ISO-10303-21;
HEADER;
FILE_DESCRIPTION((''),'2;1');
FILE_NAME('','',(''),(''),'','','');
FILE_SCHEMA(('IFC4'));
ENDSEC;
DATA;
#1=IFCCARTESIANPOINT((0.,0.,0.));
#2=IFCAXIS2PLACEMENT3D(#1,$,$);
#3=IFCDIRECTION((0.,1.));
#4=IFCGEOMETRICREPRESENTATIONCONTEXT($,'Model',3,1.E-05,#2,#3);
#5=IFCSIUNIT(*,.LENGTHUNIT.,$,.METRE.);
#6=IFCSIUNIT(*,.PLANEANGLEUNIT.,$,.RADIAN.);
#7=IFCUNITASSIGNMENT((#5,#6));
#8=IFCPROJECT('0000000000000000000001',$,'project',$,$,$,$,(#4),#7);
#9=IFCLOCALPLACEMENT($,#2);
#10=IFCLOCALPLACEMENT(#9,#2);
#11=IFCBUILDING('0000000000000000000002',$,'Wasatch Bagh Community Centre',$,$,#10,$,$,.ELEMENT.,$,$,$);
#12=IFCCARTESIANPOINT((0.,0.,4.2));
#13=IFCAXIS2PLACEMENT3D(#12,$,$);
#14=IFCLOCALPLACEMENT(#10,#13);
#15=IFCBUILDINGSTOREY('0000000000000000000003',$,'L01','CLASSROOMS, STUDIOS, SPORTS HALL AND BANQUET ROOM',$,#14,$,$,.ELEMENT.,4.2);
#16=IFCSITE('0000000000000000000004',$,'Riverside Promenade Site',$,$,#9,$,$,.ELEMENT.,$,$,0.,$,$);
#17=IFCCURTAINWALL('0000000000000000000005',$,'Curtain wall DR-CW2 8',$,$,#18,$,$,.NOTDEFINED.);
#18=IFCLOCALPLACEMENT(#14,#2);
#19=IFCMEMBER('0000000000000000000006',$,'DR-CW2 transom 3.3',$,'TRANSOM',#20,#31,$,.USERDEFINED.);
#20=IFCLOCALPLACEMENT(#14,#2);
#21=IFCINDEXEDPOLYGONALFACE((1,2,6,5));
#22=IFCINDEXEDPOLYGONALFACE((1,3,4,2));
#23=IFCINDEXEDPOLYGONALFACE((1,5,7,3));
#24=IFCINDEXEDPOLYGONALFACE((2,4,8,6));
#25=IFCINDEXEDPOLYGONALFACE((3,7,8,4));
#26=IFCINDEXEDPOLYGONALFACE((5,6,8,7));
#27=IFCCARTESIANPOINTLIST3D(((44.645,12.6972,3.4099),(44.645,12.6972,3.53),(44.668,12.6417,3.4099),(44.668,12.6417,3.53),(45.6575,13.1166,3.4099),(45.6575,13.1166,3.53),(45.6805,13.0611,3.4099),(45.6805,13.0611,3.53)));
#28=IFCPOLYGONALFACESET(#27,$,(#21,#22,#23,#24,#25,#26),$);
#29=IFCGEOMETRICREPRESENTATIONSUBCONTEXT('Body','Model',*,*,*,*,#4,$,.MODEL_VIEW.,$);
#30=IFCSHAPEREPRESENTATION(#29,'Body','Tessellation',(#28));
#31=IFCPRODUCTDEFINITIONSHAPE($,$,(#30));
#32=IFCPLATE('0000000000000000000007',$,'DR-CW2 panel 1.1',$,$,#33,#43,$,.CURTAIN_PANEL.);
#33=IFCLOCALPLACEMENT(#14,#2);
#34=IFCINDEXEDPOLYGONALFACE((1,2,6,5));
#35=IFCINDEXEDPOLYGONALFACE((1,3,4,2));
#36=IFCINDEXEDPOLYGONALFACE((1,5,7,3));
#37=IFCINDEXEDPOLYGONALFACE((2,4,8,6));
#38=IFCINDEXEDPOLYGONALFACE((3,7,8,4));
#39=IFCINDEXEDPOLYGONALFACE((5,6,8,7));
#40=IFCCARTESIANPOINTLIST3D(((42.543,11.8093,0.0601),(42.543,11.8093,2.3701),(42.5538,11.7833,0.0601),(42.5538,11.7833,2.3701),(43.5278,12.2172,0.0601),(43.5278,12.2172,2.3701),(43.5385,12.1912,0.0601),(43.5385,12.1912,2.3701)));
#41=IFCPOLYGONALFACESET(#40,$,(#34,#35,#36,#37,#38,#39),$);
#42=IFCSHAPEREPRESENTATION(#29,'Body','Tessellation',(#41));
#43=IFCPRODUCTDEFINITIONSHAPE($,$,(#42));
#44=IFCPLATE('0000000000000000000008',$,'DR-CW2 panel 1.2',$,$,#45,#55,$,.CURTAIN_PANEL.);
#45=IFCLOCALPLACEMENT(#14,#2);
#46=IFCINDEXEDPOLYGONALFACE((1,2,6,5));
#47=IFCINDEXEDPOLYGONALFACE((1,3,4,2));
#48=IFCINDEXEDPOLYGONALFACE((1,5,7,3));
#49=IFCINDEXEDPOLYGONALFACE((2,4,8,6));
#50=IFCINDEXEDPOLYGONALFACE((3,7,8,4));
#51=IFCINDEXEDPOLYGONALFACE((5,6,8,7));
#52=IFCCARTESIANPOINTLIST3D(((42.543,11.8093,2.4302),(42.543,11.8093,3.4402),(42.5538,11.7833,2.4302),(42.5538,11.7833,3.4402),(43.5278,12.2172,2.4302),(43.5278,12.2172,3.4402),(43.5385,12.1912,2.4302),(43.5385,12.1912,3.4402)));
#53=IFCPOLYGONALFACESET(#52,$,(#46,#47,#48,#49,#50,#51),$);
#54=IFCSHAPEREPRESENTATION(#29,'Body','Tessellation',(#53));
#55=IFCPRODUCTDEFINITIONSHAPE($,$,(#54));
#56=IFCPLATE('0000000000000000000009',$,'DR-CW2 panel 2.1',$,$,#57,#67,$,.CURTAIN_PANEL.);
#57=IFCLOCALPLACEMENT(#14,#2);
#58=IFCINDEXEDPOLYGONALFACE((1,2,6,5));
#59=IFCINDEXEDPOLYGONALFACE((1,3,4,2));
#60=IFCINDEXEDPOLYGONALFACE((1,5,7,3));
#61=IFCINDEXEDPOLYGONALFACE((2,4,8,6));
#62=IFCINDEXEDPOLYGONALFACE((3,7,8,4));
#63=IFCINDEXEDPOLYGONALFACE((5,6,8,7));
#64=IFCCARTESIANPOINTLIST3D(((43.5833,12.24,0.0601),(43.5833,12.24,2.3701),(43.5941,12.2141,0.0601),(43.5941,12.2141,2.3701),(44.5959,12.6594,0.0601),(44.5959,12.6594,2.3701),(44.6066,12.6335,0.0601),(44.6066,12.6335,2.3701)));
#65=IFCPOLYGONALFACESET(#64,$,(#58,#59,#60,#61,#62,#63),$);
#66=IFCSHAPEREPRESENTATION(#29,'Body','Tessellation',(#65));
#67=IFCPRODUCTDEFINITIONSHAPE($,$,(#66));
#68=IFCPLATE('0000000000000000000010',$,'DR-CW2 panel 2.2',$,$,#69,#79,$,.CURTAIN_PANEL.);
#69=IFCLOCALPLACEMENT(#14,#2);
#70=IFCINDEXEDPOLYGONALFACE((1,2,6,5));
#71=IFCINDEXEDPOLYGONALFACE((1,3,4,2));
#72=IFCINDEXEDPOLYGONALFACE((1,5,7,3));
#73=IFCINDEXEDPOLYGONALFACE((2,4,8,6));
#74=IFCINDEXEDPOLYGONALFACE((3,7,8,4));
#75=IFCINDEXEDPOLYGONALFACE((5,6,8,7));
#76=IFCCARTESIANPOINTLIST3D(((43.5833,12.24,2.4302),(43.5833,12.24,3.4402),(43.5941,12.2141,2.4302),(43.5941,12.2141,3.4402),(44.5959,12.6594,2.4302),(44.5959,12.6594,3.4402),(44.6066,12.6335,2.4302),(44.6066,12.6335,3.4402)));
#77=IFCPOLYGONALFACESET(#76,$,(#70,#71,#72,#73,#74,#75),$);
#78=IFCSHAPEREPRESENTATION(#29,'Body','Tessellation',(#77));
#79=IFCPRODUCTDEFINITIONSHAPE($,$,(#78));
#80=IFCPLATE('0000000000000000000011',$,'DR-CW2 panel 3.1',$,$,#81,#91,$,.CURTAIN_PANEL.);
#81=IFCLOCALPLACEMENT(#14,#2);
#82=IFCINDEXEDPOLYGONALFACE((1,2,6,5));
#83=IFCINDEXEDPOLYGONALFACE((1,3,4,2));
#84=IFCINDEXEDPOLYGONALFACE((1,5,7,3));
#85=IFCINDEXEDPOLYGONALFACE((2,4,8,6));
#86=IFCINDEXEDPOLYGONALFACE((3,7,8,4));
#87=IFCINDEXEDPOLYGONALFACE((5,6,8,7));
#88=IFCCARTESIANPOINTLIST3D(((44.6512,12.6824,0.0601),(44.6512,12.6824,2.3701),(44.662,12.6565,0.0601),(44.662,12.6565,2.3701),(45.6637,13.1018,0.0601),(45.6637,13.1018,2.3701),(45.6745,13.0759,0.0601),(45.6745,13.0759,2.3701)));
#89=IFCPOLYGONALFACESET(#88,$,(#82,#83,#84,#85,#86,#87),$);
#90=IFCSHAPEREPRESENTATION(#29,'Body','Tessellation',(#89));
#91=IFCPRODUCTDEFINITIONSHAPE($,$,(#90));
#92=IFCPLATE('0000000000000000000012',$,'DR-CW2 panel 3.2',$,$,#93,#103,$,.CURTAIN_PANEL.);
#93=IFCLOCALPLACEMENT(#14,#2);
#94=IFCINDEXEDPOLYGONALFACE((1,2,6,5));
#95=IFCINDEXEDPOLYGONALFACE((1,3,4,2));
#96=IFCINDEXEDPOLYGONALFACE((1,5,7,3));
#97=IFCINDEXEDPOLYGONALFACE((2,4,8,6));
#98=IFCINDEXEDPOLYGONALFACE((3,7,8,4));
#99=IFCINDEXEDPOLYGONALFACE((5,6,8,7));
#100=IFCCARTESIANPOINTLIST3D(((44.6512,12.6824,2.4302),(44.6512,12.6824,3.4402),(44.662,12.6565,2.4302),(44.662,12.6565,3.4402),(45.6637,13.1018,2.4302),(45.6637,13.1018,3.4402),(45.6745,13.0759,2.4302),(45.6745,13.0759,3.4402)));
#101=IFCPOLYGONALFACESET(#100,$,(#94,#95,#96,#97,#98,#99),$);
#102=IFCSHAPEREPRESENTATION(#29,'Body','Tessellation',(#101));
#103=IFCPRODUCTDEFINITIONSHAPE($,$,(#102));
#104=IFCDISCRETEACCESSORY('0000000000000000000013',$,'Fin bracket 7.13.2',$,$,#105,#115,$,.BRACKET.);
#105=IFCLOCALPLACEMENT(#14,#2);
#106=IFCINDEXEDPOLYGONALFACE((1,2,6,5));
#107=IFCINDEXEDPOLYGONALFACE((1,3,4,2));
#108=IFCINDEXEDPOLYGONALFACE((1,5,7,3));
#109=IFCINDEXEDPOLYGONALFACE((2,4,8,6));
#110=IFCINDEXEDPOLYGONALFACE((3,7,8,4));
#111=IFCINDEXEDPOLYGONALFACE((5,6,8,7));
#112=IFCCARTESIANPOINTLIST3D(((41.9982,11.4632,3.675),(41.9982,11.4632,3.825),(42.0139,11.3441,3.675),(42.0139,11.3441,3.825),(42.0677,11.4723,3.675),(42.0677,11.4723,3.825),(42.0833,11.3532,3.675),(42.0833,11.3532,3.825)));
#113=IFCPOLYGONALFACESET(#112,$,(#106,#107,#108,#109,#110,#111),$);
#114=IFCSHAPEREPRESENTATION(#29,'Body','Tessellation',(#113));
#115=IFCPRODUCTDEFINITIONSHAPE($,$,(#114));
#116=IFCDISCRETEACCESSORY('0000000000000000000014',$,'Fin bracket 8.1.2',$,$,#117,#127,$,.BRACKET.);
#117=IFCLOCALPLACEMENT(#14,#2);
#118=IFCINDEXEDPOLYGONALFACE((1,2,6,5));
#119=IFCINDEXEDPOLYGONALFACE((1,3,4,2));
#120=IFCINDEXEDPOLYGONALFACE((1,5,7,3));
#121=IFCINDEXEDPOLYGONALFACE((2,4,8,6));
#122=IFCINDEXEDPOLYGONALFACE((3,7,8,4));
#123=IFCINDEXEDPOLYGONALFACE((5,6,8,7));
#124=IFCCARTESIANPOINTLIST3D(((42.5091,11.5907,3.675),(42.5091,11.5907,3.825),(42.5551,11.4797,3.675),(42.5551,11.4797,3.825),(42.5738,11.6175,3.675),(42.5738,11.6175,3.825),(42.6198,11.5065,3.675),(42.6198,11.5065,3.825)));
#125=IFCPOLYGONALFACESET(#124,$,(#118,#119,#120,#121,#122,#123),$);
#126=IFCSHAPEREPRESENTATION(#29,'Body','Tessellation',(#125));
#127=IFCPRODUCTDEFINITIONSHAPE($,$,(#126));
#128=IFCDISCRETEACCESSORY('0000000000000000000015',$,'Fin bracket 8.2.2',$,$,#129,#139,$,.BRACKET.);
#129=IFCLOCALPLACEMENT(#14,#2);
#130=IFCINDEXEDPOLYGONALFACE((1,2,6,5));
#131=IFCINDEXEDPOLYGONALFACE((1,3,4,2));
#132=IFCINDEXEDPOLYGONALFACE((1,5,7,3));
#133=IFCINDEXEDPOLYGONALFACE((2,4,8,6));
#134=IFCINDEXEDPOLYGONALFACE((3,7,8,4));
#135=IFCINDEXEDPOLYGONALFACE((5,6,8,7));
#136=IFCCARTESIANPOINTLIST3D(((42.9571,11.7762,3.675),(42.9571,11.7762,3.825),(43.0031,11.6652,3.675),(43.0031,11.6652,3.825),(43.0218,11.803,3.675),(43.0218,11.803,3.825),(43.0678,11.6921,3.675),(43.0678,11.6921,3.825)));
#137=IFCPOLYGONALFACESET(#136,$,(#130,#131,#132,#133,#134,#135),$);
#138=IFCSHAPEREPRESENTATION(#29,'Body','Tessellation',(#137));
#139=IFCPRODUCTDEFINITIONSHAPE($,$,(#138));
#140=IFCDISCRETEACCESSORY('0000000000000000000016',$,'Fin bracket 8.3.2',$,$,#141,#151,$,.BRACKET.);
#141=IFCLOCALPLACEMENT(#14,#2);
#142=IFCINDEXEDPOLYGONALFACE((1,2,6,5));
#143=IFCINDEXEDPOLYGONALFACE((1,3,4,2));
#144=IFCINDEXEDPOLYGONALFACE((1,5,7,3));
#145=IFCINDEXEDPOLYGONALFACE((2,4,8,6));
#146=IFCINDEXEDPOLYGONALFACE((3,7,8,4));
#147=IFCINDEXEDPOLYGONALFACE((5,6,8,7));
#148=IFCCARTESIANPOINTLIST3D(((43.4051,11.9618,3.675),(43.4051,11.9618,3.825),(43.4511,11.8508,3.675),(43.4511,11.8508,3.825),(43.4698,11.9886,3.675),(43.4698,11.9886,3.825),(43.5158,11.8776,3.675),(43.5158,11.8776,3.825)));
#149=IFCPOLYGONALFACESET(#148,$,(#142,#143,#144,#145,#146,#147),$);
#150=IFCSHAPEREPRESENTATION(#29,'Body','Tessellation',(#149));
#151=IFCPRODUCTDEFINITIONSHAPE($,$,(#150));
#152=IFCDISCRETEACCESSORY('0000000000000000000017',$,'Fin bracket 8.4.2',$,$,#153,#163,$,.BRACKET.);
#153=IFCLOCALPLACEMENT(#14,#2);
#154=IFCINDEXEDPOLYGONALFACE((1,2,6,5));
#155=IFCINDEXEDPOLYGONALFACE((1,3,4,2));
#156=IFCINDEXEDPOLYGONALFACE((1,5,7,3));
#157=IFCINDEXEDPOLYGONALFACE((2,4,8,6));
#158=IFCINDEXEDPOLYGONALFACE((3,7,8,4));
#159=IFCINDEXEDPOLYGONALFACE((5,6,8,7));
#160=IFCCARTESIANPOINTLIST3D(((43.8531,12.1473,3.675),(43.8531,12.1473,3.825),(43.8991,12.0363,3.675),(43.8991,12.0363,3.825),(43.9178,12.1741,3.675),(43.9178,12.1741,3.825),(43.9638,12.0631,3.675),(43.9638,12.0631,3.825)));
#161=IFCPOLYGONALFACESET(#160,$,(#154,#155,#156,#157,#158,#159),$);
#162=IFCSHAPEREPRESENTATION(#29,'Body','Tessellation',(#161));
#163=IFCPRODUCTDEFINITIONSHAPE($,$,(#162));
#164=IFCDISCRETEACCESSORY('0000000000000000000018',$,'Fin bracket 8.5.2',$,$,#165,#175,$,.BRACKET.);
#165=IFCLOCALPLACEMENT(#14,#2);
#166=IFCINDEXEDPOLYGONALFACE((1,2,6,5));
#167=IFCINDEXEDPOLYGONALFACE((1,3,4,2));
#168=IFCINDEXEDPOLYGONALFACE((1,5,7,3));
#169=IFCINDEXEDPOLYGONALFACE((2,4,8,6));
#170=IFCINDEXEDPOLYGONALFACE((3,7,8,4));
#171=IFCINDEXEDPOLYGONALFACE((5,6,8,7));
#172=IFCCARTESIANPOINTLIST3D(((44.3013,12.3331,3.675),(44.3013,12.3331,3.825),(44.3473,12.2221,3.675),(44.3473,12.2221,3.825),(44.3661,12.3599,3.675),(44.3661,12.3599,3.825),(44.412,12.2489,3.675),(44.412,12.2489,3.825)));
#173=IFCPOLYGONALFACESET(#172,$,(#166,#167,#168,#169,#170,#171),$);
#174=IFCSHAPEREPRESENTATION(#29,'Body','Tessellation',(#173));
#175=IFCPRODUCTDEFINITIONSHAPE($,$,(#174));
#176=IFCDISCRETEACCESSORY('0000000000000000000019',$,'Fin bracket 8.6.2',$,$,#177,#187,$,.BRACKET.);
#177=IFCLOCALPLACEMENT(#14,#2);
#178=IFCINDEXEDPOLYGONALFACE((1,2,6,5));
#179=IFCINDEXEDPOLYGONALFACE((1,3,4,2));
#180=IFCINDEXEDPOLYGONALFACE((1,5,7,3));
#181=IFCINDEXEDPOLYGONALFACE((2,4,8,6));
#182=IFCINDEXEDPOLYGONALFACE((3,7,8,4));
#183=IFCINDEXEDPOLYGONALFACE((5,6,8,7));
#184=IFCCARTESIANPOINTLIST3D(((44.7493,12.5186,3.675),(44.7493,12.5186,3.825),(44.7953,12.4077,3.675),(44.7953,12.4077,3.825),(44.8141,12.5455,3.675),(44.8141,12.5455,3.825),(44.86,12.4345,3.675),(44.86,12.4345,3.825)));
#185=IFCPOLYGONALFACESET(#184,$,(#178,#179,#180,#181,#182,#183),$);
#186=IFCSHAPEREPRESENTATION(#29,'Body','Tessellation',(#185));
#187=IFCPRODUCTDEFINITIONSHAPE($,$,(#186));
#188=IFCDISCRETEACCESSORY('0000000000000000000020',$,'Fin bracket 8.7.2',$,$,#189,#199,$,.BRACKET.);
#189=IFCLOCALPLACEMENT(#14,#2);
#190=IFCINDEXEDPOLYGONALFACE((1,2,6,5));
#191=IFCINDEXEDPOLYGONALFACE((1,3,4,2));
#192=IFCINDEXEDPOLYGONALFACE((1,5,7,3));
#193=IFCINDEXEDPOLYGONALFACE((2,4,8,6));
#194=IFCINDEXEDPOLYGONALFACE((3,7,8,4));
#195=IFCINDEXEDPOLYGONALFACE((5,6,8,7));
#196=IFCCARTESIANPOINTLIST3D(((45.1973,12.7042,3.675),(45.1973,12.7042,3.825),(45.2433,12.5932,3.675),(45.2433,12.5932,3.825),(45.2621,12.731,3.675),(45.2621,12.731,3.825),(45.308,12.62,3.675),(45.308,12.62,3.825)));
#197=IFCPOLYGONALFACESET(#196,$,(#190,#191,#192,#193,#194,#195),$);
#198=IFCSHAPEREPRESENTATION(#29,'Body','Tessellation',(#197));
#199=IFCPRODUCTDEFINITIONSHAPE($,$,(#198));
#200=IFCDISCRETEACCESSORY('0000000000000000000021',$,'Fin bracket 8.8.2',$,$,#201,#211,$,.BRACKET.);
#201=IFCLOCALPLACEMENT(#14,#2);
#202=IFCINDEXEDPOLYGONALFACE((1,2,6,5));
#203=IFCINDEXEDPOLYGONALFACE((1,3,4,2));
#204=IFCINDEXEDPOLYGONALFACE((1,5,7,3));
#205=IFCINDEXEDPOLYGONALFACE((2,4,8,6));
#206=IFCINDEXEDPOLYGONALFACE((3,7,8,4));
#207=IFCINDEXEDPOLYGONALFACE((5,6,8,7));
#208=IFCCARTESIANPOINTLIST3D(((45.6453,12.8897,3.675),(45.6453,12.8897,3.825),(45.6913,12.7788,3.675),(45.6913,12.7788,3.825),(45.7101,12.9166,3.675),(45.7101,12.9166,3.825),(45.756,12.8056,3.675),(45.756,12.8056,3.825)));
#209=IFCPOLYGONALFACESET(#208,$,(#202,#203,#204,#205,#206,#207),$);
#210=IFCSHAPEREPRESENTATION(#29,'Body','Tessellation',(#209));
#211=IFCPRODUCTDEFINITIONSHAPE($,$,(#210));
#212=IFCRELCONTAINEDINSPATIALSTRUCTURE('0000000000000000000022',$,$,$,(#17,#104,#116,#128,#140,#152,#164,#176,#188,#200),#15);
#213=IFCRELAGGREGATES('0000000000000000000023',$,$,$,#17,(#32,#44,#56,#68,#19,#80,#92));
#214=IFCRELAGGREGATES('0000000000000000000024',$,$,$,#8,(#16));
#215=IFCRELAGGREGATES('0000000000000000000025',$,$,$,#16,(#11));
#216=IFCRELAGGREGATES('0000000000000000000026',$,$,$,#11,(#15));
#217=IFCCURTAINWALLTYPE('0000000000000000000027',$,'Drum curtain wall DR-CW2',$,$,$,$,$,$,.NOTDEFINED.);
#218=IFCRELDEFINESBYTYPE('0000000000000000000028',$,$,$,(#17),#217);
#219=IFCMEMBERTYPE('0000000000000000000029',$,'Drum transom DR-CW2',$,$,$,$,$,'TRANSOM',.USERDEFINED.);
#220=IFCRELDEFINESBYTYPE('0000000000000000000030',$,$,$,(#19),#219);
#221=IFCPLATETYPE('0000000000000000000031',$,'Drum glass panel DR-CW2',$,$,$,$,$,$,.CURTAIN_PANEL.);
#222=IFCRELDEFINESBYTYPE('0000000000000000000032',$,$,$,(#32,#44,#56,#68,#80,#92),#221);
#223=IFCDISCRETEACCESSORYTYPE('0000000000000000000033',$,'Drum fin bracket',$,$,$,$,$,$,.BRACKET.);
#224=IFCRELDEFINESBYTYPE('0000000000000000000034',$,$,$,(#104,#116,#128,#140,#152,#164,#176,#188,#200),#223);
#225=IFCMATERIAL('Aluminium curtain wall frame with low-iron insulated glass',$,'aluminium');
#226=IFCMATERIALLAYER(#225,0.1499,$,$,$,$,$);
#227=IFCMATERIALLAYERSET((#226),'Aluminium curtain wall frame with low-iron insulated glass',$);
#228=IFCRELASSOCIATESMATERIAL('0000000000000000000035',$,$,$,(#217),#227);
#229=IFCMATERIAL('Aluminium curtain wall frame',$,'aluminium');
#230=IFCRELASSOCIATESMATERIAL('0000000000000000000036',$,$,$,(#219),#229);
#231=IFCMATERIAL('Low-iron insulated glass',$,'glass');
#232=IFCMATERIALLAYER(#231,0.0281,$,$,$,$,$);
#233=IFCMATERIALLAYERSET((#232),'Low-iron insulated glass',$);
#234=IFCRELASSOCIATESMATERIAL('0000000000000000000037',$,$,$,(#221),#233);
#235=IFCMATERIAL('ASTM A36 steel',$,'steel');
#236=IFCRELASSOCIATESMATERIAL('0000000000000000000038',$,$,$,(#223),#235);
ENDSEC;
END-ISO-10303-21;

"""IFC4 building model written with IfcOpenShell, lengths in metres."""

from ifc_helpers import new_model, si_unit, direction, frame, origin, origin_2d, place, context, subcontext, project, spatial, rectangle, extrude, material, layer, layer_set, material_profile, profile_set, type_object, element, aggregate, save


model = new_model("IFC4")

# Units and contexts
model_context = context("Model", 3, precision=1e-05, world=origin(), true_north=direction((0.0, 1.0)))
body_context = subcontext(model_context, "Body", "Model", "MODEL_VIEW")
ifc_project = project(units=[si_unit("LENGTHUNIT", "METRE"), si_unit("PLANEANGLEUNIT", "RADIAN")], contexts=[model_context])

# Site, building, storey
site_placement = place(None, origin())
site = spatial("IfcSite", under=ifc_project, at=site_placement, Name="Riverside Promenade Site", CompositionType="ELEMENT", RefElevation=0.0)
building_placement = place(site_placement, origin())
building = spatial("IfcBuilding", under=site, at=building_placement, Name="Wasatch Bagh Community Centre", CompositionType="ELEMENT")
storey_placement = place(building_placement, frame((0.0, 0.0, 4.2)))
storey = spatial("IfcBuildingStorey", under=building, at=storey_placement, Name="L01", Description="CLASSROOMS, STUDIOS, SPORTS HALL AND BANQUET ROOM", CompositionType="ELEMENT", Elevation=4.2)

# Shared definitions
ifc_material_1 = material(Name="Aluminium curtain wall frame with low-iron insulated glass", Category="aluminium")
ifc_layer_1 = layer(ifc_material_1, 0.1499)
ifc_layer_set_1 = layer_set([ifc_layer_1], Name="Aluminium curtain wall frame with low-iron insulated glass")
curtain_wall_type = type_object("IfcCurtainWallType", Name="Drum curtain wall DR-CW2", PredefinedType="NOTDEFINED", material=ifc_layer_set_1)
ifc_material_2 = material(Name="Aluminium curtain wall frame", Category="aluminium")

# Curtain wall
curtain_wall_1_placement = place(storey_placement, origin())
curtain_wall_1 = element("IfcCurtainWall", 1, at=curtain_wall_1_placement, inside=storey, type_object=curtain_wall_type, Name="Curtain wall DR-CW2 8", PredefinedType="NOTDEFINED")

# Member
ifc_material_profile_1 = material_profile(ifc_material_2, rectangle(XDim=0.0601, YDim=0.1201, at=origin_2d()), Name="Drum transom DR-CW2")
ifc_profile_set_1 = profile_set([ifc_material_profile_1], Name="Aluminium curtain wall frame")
member_type_1 = type_object("IfcMemberType", Name="Drum transom DR-CW2", ElementType="TRANSOM", PredefinedType="USERDEFINED", material=ifc_profile_set_1)
member_1_placement = place(storey_placement, frame((44.6565, 12.6694, 3.47), z_axis=(0.923859, 0.382732, 0.0), x_axis=(-0.382732, 0.923859, 0.0)))
member_1 = element("IfcMember", 2, at=member_1_placement, type_object=member_type_1, Name="DR-CW2 transom 3.3", ObjectType="TRANSOM", PredefinedType="USERDEFINED", context=body_context, shape_type="SweptSolid", body=[
    extrude(rectangle(XDim=0.0601, YDim=0.1201, at=origin_2d()), origin(), (0.0, 0.0, 1.0), 1.0959),
])

# Plates
ifc_material_3 = material(Name="Low-iron insulated glass", Category="glass")
ifc_layer_2 = layer(ifc_material_3, 0.0281)
ifc_layer_set_2 = layer_set([ifc_layer_2], Name="Low-iron insulated glass")
plate_type = type_object("IfcPlateType", Name="Drum glass panel DR-CW2", PredefinedType="CURTAIN_PANEL", material=ifc_layer_set_2)
plate_1_placement = place(storey_placement, frame((43.0408, 12.0002, 0.0601), z_axis=(0.0, 0.0, 1.0), x_axis=(0.92388, 0.382683, 0.0)))
plate_1 = element("IfcPlate", 3, at=plate_1_placement, type_object=plate_type, Name="DR-CW2 panel 1.1", PredefinedType="CURTAIN_PANEL", context=body_context, shape_type="SweptSolid", body=[
    extrude(rectangle(XDim=1.0659, YDim=0.0281, at=origin_2d()), origin(), (0.0, 0.0, 1.0), 2.3101),
])
plate_2_placement = place(storey_placement, frame((43.0408, 12.0002, 2.4302), z_axis=(0.0, 0.0, 1.0), x_axis=(0.92388, 0.382683, 0.0)))
plate_2 = element("IfcPlate", 4, at=plate_2_placement, type_object=plate_type, Name="DR-CW2 panel 1.2", PredefinedType="CURTAIN_PANEL", context=body_context, shape_type="SweptSolid", body=[
    extrude(rectangle(XDim=1.0659, YDim=0.0281, at=origin_2d()), origin(), (0.0, 0.0, 1.0), 1.01),
])
plate_3_placement = place(storey_placement, frame((44.095, 12.4368, 0.0601), z_axis=(0.0, 0.0, 1.0), x_axis=(0.92388, 0.382683, 0.0)))
plate_3 = element("IfcPlate", 5, at=plate_3_placement, type_object=plate_type, Name="DR-CW2 panel 2.1", PredefinedType="CURTAIN_PANEL", context=body_context, shape_type="SweptSolid", body=[
    extrude(rectangle(XDim=1.0959, YDim=0.0281, at=origin_2d()), origin(), (0.0, 0.0, 1.0), 2.3101),
])
plate_4_placement = place(storey_placement, frame((44.095, 12.4368, 2.4302), z_axis=(0.0, 0.0, 1.0), x_axis=(0.92388, 0.382683, 0.0)))
plate_4 = element("IfcPlate", 6, at=plate_4_placement, type_object=plate_type, Name="DR-CW2 panel 2.2", PredefinedType="CURTAIN_PANEL", context=body_context, shape_type="SweptSolid", body=[
    extrude(rectangle(XDim=1.0959, YDim=0.0281, at=origin_2d()), origin(), (0.0, 0.0, 1.0), 1.01),
])
plate_5_placement = place(storey_placement, frame((45.1628, 12.8792, 0.0601), z_axis=(0.0, 0.0, 1.0), x_axis=(0.92388, 0.382683, 0.0)))
plate_5 = element("IfcPlate", 7, at=plate_5_placement, type_object=plate_type, Name="DR-CW2 panel 3.1", PredefinedType="CURTAIN_PANEL", context=body_context, shape_type="SweptSolid", body=[
    extrude(rectangle(XDim=1.0959, YDim=0.0281, at=origin_2d()), origin(), (0.0, 0.0, 1.0), 2.3101),
])
plate_6_placement = place(storey_placement, frame((45.1628, 12.8792, 2.4302), z_axis=(0.0, 0.0, 1.0), x_axis=(0.92388, 0.382683, 0.0)))
plate_6 = element("IfcPlate", 8, at=plate_6_placement, type_object=plate_type, Name="DR-CW2 panel 3.2", PredefinedType="CURTAIN_PANEL", context=body_context, shape_type="SweptSolid", body=[
    extrude(rectangle(XDim=1.0959, YDim=0.0281, at=origin_2d()), origin(), (0.0, 0.0, 1.0), 1.01),
])
aggregate(curtain_wall_1, [plate_1, plate_2, plate_3, plate_4, member_1, plate_5, plate_6])

# Discrete accessories
ifc_material_4 = material(Name="ASTM A36 steel", Category="steel")
discrete_accessory_type = type_object("IfcDiscreteAccessoryType", Name="Drum fin bracket", PredefinedType="BRACKET", material=ifc_material_4)
for number, where, z_axis, x_axis, name in (
    (9, (42.0408, 11.4082, 3.675), (0.0, 0.0, 1.0), (0.991445, 0.130526, 0.0), "Fin bracket 7.13.2"),
    (10, (42.5645, 11.5486, 3.675), (0.0, 0.0, 1.0), (0.92388, 0.382683, 0.0), "Fin bracket 8.1.2"),
    (11, (43.0125, 11.7341, 3.675), (0.0, 0.0, 1.0), (0.92388, 0.382683, 0.0), "Fin bracket 8.2.2"),
    (12, (43.4604, 11.9197, 3.675), (0.0, 0.0, 1.0), (0.92388, 0.382683, 0.0), "Fin bracket 8.3.2"),
    (13, (43.9084, 12.1052, 3.675), (0.0, 0.0, 1.0), (0.92388, 0.382683, 0.0), "Fin bracket 8.4.2"),
    (14, (44.3567, 12.291, 3.675), (0.0, 0.0, 1.0), (0.92388, 0.382683, 0.0), "Fin bracket 8.5.2"),
    (15, (44.8047, 12.4766, 3.675), (0.0, 0.0, 1.0), (0.92388, 0.382683, 0.0), "Fin bracket 8.6.2"),
    (16, (45.2527, 12.6621, 3.675), (0.0, 0.0, 1.0), (0.92388, 0.382683, 0.0), "Fin bracket 8.7.2"),
    (17, (45.7007, 12.8477, 3.675), (0.0, 0.0, 1.0), (0.92388, 0.382683, 0.0), "Fin bracket 8.8.2"),
):
    element("IfcDiscreteAccessory", number, at=place(storey_placement, frame(where, z_axis=z_axis, x_axis=x_axis)), inside=storey, type_object=discrete_accessory_type, Name=name, PredefinedType="BRACKET", context=body_context, shape_type="SweptSolid", body=[
        extrude(rectangle(XDim=0.0701, YDim=0.1201, at=origin_2d()), origin(), (0.0, 0.0, 1.0), 0.1499),
    ])

save(model, "model.ifc")
